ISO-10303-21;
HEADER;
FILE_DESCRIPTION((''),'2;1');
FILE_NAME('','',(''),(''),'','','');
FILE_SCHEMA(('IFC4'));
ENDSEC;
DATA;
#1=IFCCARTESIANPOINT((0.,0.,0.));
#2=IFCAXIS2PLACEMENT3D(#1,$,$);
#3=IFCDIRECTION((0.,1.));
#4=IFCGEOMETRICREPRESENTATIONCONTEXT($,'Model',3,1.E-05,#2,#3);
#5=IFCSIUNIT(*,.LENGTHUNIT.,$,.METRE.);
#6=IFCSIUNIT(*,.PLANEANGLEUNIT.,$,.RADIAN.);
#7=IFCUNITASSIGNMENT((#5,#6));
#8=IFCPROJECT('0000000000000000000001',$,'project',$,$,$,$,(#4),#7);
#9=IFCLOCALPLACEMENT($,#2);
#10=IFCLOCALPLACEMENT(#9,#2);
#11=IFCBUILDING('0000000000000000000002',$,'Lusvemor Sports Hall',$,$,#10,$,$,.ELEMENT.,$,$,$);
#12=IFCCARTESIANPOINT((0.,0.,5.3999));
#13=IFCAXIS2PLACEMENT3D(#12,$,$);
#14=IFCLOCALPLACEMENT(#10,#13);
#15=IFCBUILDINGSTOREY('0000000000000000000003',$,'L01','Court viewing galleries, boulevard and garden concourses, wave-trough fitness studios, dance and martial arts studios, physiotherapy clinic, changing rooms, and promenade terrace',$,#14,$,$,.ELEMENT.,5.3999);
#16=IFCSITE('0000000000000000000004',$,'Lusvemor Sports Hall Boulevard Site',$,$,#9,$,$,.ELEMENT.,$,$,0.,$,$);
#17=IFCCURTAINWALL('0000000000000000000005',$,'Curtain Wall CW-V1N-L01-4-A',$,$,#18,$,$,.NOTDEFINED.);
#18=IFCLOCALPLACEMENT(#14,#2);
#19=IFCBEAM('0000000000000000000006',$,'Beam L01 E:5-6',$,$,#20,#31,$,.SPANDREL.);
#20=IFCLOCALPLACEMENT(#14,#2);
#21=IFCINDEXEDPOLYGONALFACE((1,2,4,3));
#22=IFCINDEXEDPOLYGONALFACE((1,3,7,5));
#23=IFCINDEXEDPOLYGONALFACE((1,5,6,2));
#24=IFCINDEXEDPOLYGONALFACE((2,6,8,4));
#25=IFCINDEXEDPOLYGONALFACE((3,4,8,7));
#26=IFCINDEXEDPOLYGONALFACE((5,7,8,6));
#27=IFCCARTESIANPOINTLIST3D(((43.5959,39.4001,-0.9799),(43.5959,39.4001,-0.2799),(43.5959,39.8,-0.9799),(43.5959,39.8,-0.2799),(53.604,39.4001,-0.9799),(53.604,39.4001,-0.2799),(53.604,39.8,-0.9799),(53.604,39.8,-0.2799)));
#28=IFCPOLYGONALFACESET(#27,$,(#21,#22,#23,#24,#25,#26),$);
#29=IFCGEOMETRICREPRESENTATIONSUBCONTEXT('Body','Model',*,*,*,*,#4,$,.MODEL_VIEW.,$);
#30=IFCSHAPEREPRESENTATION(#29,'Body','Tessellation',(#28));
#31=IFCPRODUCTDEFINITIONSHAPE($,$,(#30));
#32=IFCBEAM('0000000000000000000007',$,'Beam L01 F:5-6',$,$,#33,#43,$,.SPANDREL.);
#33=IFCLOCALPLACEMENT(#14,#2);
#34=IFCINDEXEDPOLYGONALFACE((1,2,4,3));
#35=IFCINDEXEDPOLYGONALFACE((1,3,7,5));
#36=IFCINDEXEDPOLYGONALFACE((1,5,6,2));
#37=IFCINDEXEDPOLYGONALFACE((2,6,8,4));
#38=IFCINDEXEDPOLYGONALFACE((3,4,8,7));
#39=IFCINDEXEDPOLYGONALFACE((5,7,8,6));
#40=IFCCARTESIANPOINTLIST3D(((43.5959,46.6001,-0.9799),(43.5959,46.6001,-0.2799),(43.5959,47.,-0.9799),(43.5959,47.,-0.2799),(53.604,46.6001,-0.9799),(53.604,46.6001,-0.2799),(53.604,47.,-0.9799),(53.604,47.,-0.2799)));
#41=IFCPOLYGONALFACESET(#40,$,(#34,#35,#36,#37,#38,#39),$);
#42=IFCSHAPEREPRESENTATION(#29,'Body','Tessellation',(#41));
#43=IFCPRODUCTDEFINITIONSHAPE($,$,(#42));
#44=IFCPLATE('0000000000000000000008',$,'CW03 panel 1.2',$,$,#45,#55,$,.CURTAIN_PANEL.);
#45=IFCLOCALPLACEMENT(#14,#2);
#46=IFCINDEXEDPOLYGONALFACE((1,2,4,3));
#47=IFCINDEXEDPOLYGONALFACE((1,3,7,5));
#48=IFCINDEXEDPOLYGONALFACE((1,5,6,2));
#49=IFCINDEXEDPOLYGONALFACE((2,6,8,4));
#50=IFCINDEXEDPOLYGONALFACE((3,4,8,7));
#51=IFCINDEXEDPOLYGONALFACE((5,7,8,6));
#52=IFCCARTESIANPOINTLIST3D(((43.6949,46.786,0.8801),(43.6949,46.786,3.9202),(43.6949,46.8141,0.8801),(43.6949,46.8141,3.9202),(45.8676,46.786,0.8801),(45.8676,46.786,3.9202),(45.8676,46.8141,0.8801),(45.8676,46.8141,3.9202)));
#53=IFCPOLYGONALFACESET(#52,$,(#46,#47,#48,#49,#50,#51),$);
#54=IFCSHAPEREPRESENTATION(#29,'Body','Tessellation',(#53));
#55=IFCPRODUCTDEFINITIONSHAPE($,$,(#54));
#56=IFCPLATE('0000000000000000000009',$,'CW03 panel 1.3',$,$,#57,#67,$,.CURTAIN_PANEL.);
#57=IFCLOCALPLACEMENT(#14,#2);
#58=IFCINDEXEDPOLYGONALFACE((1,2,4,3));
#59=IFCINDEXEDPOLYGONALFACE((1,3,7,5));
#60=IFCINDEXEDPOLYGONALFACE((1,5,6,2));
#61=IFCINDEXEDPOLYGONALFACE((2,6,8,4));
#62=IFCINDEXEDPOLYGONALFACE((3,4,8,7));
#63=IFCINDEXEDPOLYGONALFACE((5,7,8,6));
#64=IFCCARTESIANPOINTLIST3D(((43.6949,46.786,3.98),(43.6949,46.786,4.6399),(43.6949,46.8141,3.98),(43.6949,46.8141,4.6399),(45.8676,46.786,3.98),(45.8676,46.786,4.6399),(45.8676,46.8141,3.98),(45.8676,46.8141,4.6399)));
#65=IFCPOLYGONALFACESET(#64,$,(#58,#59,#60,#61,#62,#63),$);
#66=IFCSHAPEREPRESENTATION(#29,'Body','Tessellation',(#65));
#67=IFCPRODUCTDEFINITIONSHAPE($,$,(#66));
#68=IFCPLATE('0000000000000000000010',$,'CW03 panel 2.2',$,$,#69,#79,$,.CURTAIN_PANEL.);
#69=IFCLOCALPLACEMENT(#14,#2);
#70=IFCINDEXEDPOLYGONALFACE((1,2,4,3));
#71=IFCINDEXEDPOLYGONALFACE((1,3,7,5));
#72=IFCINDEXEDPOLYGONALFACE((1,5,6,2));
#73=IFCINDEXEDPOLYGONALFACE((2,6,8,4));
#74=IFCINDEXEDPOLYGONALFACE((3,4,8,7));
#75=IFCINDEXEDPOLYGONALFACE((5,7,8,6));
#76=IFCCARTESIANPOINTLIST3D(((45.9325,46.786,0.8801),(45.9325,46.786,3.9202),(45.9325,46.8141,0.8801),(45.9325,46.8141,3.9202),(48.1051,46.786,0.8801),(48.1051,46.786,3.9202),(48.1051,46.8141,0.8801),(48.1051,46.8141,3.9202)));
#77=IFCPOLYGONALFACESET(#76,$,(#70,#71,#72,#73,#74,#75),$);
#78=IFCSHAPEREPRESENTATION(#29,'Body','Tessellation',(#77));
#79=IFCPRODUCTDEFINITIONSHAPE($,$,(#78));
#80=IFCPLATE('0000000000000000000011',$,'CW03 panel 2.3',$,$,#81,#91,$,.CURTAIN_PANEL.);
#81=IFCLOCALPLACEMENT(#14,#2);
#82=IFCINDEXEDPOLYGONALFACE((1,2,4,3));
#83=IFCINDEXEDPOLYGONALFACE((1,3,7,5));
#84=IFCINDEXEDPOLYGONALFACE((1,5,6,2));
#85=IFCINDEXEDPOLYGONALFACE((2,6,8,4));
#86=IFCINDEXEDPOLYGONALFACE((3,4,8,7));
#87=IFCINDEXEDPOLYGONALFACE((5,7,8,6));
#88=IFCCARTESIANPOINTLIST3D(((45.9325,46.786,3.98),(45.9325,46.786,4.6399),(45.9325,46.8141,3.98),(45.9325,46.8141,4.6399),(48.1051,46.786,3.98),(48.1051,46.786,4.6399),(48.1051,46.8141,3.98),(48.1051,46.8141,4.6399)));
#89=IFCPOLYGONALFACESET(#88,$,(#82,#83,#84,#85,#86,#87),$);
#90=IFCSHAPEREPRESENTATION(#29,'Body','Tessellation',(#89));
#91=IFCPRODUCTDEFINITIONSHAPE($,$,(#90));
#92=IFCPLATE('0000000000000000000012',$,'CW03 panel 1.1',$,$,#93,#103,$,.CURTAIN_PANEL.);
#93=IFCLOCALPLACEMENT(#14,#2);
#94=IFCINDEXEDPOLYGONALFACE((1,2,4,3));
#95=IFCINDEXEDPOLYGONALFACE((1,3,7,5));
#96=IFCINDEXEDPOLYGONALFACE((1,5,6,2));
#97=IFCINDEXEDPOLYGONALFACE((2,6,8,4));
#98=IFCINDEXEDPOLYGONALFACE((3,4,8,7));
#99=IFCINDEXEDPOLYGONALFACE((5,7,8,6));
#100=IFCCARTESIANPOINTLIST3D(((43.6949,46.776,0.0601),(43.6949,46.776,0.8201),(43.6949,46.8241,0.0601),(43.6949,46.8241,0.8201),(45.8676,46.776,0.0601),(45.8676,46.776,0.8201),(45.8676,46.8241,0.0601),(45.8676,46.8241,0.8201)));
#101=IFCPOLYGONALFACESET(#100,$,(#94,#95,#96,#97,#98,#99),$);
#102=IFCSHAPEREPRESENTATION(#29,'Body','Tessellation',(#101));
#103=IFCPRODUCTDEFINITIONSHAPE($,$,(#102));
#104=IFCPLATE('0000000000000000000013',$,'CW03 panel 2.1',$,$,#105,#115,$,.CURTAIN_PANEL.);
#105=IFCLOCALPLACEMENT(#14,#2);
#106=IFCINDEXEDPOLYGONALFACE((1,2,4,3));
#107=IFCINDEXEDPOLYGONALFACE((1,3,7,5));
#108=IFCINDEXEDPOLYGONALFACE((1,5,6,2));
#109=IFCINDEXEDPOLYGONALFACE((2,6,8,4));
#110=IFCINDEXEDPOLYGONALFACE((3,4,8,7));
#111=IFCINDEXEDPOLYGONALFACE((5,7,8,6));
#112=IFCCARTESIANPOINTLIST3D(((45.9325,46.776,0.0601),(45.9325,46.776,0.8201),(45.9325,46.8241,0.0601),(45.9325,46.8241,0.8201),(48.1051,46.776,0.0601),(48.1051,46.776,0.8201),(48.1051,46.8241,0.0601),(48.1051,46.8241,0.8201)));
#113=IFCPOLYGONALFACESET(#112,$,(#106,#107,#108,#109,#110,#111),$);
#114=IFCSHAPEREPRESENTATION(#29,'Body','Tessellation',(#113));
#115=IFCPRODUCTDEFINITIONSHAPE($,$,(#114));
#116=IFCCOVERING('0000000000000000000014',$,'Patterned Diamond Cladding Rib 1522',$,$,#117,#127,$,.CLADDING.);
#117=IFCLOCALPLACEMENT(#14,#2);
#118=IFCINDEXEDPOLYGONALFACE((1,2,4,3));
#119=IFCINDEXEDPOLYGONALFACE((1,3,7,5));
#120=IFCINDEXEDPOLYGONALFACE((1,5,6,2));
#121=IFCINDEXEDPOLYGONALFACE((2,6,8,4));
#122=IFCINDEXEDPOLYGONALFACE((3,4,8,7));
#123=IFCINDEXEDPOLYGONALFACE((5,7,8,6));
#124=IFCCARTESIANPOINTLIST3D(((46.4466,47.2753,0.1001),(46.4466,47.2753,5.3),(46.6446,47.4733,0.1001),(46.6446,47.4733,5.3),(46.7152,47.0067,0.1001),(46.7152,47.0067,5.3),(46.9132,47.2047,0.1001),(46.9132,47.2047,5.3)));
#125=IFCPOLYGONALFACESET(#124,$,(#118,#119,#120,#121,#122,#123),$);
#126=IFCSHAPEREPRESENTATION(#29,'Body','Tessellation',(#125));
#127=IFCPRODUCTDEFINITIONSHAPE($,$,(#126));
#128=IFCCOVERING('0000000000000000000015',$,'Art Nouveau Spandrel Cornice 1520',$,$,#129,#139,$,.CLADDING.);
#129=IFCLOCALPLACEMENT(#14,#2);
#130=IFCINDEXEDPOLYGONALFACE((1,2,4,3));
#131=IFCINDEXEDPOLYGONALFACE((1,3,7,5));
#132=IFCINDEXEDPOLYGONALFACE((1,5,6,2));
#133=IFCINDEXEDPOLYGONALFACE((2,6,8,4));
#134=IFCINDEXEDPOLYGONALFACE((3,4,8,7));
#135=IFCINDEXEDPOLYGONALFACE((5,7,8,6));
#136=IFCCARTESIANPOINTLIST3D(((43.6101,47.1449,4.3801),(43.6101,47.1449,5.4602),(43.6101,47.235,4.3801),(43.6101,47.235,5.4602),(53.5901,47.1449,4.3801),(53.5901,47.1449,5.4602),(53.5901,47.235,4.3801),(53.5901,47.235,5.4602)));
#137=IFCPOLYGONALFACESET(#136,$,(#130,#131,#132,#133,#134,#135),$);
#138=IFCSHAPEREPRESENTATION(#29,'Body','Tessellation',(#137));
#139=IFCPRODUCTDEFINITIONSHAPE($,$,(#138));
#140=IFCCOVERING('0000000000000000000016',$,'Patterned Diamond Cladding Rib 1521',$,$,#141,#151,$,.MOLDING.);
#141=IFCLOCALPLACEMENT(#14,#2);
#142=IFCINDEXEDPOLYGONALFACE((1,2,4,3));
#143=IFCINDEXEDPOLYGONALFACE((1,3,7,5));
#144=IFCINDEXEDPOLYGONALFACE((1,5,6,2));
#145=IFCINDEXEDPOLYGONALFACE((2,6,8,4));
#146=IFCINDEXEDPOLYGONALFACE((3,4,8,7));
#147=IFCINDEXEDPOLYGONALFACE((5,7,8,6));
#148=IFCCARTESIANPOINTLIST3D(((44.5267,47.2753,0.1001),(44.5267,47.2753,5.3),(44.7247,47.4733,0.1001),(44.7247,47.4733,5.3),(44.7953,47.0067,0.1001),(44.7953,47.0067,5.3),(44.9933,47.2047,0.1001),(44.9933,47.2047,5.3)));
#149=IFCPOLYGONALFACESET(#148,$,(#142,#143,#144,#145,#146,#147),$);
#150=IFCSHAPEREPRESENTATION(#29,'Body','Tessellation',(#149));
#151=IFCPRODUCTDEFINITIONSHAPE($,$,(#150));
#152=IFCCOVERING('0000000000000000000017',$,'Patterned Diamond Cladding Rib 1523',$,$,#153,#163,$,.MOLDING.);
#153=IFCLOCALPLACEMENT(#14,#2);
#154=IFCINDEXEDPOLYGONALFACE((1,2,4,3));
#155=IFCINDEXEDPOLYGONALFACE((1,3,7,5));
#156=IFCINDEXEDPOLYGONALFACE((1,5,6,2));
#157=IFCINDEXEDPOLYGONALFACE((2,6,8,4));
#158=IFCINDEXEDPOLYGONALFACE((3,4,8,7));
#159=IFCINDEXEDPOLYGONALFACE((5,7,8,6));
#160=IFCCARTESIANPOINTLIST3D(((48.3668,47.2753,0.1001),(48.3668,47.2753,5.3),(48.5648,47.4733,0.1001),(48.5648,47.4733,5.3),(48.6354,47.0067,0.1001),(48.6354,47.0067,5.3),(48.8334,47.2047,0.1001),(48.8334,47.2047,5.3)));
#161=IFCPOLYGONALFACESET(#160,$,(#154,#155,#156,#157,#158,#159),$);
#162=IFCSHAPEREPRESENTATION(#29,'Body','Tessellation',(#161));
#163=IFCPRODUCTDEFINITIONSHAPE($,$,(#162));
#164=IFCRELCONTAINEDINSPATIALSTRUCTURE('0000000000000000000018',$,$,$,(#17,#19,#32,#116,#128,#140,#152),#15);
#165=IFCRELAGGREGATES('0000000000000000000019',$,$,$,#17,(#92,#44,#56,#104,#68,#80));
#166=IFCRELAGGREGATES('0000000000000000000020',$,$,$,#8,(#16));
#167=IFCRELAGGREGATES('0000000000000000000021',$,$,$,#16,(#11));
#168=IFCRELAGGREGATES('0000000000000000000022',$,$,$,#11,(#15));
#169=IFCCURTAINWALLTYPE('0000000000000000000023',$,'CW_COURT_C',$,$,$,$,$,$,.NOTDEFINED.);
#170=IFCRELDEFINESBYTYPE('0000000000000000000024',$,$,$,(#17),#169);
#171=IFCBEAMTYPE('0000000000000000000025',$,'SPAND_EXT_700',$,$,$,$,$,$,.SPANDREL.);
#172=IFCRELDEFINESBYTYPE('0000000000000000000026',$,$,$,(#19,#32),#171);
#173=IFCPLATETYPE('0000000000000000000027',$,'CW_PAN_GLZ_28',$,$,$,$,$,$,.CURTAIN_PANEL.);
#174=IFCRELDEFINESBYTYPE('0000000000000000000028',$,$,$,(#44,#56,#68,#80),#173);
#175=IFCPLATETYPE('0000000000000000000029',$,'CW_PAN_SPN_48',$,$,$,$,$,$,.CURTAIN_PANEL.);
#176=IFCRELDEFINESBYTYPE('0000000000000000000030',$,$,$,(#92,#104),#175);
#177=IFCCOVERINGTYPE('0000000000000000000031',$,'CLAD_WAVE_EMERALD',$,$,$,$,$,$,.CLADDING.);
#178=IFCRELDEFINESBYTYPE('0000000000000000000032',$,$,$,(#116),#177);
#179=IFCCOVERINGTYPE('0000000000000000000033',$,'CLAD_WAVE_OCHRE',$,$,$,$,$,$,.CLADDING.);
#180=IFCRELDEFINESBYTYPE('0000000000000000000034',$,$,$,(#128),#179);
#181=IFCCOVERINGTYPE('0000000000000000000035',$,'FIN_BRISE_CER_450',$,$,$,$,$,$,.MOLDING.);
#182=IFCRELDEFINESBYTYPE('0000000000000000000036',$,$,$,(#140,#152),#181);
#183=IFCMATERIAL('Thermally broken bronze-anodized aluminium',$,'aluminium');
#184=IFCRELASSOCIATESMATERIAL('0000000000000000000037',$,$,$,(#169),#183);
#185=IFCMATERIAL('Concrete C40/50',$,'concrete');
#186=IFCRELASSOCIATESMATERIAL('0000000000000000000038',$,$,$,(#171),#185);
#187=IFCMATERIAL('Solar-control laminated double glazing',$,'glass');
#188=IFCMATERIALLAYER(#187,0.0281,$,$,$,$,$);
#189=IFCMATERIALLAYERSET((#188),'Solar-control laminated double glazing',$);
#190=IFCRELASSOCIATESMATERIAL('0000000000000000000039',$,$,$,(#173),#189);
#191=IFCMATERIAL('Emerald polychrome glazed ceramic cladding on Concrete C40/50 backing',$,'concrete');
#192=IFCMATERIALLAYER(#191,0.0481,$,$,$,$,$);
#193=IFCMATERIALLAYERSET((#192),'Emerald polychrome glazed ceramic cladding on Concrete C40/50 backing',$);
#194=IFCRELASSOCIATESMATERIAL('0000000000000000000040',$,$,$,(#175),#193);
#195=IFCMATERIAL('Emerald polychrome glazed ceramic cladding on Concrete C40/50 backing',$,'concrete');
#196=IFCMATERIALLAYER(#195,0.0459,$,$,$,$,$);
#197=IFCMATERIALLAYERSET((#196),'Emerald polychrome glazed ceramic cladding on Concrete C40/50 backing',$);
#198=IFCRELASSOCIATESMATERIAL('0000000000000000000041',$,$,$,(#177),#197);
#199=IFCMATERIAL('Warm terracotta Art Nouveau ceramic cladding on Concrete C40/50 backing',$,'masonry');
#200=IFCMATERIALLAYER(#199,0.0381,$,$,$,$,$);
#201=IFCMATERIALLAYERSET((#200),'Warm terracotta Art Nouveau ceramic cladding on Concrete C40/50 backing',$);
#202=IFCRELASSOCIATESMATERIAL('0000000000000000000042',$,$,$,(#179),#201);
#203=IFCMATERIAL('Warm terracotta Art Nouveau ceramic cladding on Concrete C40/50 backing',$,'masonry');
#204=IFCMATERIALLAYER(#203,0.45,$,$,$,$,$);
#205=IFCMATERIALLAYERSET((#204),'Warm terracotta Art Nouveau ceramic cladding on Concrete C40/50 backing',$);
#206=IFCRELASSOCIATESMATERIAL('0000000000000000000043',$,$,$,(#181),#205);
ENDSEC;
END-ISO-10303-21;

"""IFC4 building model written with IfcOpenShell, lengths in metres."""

from ifc_helpers import new_model, si_unit, direction, frame, origin, origin_2d, place, context, subcontext, project, spatial, rectangle, extrude, material, layer, layer_set, material_profile, profile_set, type_object, element, aggregate, save


model = new_model("IFC4")

# Units and contexts
model_context = context("Model", 3, precision=1e-05, world=origin(), true_north=direction((0.0, 1.0)))
body_context = subcontext(model_context, "Body", "Model", "MODEL_VIEW")
ifc_project = project(units=[si_unit("LENGTHUNIT", "METRE"), si_unit("PLANEANGLEUNIT", "RADIAN")], contexts=[model_context])

# Site, building, storey
site_placement = place(None, origin())
site = spatial("IfcSite", under=ifc_project, at=site_placement, Name="Lusvemor Sports Hall Boulevard Site", CompositionType="ELEMENT", RefElevation=0.0)
building_placement = place(site_placement, origin())
building = spatial("IfcBuilding", under=site, at=building_placement, Name="Lusvemor Sports Hall", CompositionType="ELEMENT")
storey_placement = place(building_placement, frame((0.0, 0.0, 5.3999)))
storey = spatial("IfcBuildingStorey", under=building, at=storey_placement, Name="L01", Description="Court viewing galleries, boulevard and garden concourses, wave-trough fitness studios, dance and martial arts studios, physiotherapy clinic, changing rooms, and promenade terrace", CompositionType="ELEMENT", Elevation=5.3999)

# Curtain wall
ifc_material_1 = material(Name="Thermally broken bronze-anodized aluminium", Category="aluminium")
curtain_wall_type = type_object("IfcCurtainWallType", Name="CW_COURT_C", PredefinedType="NOTDEFINED", material=ifc_material_1)
curtain_wall_1_placement = place(storey_placement, origin())
curtain_wall_1 = element("IfcCurtainWall", 1, at=curtain_wall_1_placement, inside=storey, type_object=curtain_wall_type, Name="Curtain Wall CW-V1N-L01-4-A", PredefinedType="NOTDEFINED")

# Beams
ifc_material_2 = material(Name="Concrete C40/50", Category="concrete")
ifc_material_profile_1 = material_profile(ifc_material_2, rectangle(XDim=0.3999, YDim=0.7, at=origin_2d()), Name="RC400x700")
ifc_profile_set_1 = profile_set([ifc_material_profile_1], Name="Concrete C40/50")
beam_type_1 = type_object("IfcBeamType", Name="SPAND_EXT_700", PredefinedType="SPANDREL", material=ifc_profile_set_1)
for number, where, z_axis, x_axis, name in (
    (2, (43.5959, 39.6001, -0.6299), (1.0, 0.0, 0.0), (0.0, 1.0, 0.0), "Beam L01 E:5-6"),
    (3, (43.5959, 46.8, -0.6299), (1.0, 0.0, 0.0), (0.0, 1.0, 0.0), "Beam L01 F:5-6"),
):
    element("IfcBeam", number, at=place(storey_placement, frame(where, z_axis=z_axis, x_axis=x_axis)), inside=storey, type_object=beam_type_1, Name=name, PredefinedType="SPANDREL", context=body_context, shape_type="SweptSolid", body=[
        extrude(rectangle(XDim=0.3999, YDim=0.7, at=origin_2d()), origin(), (0.0, 0.0, 1.0), 10.0081),
    ])

# Plates
ifc_material_3 = material(Name="Solar-control laminated double glazing", Category="glass")
ifc_layer_1 = layer(ifc_material_3, 0.0281)
ifc_layer_set_1 = layer_set([ifc_layer_1], Name="Solar-control laminated double glazing")
plate_type_1 = type_object("IfcPlateType", Name="CW_PAN_GLZ_28", PredefinedType="CURTAIN_PANEL", material=ifc_layer_set_1)
plate_1_placement = place(storey_placement, frame((44.7812, 46.8, 0.8801), z_axis=(0.0, 0.0, 1.0), x_axis=(1.0, 0.0, 0.0)))
plate_1 = element("IfcPlate", 4, at=plate_1_placement, type_object=plate_type_1, Name="CW03 panel 1.2", PredefinedType="CURTAIN_PANEL", context=body_context, shape_type="SweptSolid", body=[
    extrude(rectangle(XDim=2.1726, YDim=0.0281, at=origin_2d()), origin(), (0.0, 0.0, 1.0), 3.04),
])
plate_2_placement = place(storey_placement, frame((44.7812, 46.8, 3.98), z_axis=(0.0, 0.0, 1.0), x_axis=(1.0, 0.0, 0.0)))
plate_2 = element("IfcPlate", 5, at=plate_2_placement, type_object=plate_type_1, Name="CW03 panel 1.3", PredefinedType="CURTAIN_PANEL", context=body_context, shape_type="SweptSolid", body=[
    extrude(rectangle(XDim=2.1726, YDim=0.0281, at=origin_2d()), origin(), (0.0, 0.0, 1.0), 0.6599),
])
plate_3_placement = place(storey_placement, frame((47.0188, 46.8, 0.8801), z_axis=(0.0, 0.0, 1.0), x_axis=(1.0, 0.0, 0.0)))
plate_3 = element("IfcPlate", 6, at=plate_3_placement, type_object=plate_type_1, Name="CW03 panel 2.2", PredefinedType="CURTAIN_PANEL", context=body_context, shape_type="SweptSolid", body=[
    extrude(rectangle(XDim=2.1726, YDim=0.0281, at=origin_2d()), origin(), (0.0, 0.0, 1.0), 3.04),
])
plate_4_placement = place(storey_placement, frame((47.0188, 46.8, 3.98), z_axis=(0.0, 0.0, 1.0), x_axis=(1.0, 0.0, 0.0)))
plate_4 = element("IfcPlate", 7, at=plate_4_placement, type_object=plate_type_1, Name="CW03 panel 2.3", PredefinedType="CURTAIN_PANEL", context=body_context, shape_type="SweptSolid", body=[
    extrude(rectangle(XDim=2.1726, YDim=0.0281, at=origin_2d()), origin(), (0.0, 0.0, 1.0), 0.6599),
])
ifc_material_4 = material(Name="Emerald polychrome glazed ceramic cladding on Concrete C40/50 backing", Category="concrete")
ifc_layer_2 = layer(ifc_material_4, 0.0481)
ifc_layer_set_2 = layer_set([ifc_layer_2], Name="Emerald polychrome glazed ceramic cladding on Concrete C40/50 backing")
plate_type_2 = type_object("IfcPlateType", Name="CW_PAN_SPN_48", PredefinedType="CURTAIN_PANEL", material=ifc_layer_set_2)
plate_5_placement = place(storey_placement, frame((44.7812, 46.8, 0.0601), z_axis=(0.0, 0.0, 1.0), x_axis=(1.0, 0.0, 0.0)))
plate_5 = element("IfcPlate", 8, at=plate_5_placement, type_object=plate_type_2, Name="CW03 panel 1.1", PredefinedType="CURTAIN_PANEL", context=body_context, shape_type="SweptSolid", body=[
    extrude(rectangle(XDim=2.1726, YDim=0.0481, at=origin_2d()), origin(), (0.0, 0.0, 1.0), 0.76),
])
plate_6_placement = place(storey_placement, frame((47.0188, 46.8, 0.0601), z_axis=(0.0, 0.0, 1.0), x_axis=(1.0, 0.0, 0.0)))
plate_6 = element("IfcPlate", 9, at=plate_6_placement, type_object=plate_type_2, Name="CW03 panel 2.1", PredefinedType="CURTAIN_PANEL", context=body_context, shape_type="SweptSolid", body=[
    extrude(rectangle(XDim=2.1726, YDim=0.0481, at=origin_2d()), origin(), (0.0, 0.0, 1.0), 0.76),
])
aggregate(curtain_wall_1, [plate_5, plate_1, plate_2, plate_6, plate_3, plate_4])

# Coverings
ifc_material_5 = material(Name="Emerald polychrome glazed ceramic cladding on Concrete C40/50 backing", Category="concrete")
ifc_layer_3 = layer(ifc_material_5, 0.0459)
ifc_layer_set_3 = layer_set([ifc_layer_3], Name="Emerald polychrome glazed ceramic cladding on Concrete C40/50 backing")
covering_type_1 = type_object("IfcCoveringType", Name="CLAD_WAVE_EMERALD", PredefinedType="CLADDING", material=ifc_layer_set_3)
covering_1_placement = place(storey_placement, frame((46.6799, 47.24, 0.1001), z_axis=(0.0, 0.0, 1.0), x_axis=(0.707107, 0.707107, 0.0)))
element("IfcCovering", 10, at=covering_1_placement, inside=storey, type_object=covering_type_1, Name="Patterned Diamond Cladding Rib 1522", PredefinedType="CLADDING", context=body_context, shape_type="SweptSolid", body=[
    extrude(rectangle(XDim=0.28, YDim=0.3799, at=origin_2d()), origin(), (0.0, 0.0, 1.0), 5.2),
])
ifc_material_6 = material(Name="Warm terracotta Art Nouveau ceramic cladding on Concrete C40/50 backing", Category="masonry")
ifc_layer_4 = layer(ifc_material_6, 0.0381)
ifc_layer_set_4 = layer_set([ifc_layer_4], Name="Warm terracotta Art Nouveau ceramic cladding on Concrete C40/50 backing")
covering_type_2 = type_object("IfcCoveringType", Name="CLAD_WAVE_OCHRE", PredefinedType="CLADDING", material=ifc_layer_set_4)
covering_2_placement = place(storey_placement, frame((48.6001, 47.1899, 4.3801), z_axis=(0.0, 0.0, 1.0), x_axis=(1.0, 0.0, 0.0)))
element("IfcCovering", 11, at=covering_2_placement, inside=storey, type_object=covering_type_2, Name="Art Nouveau Spandrel Cornice 1520", PredefinedType="CLADDING", context=body_context, shape_type="SweptSolid", body=[
    extrude(rectangle(XDim=9.98, YDim=0.0901, at=origin_2d()), origin(), (0.0, 0.0, 1.0), 1.0801),
])
ifc_material_7 = material(Name="Warm terracotta Art Nouveau ceramic cladding on Concrete C40/50 backing", Category="masonry")
ifc_layer_5 = layer(ifc_material_7, 0.45)
ifc_layer_set_5 = layer_set([ifc_layer_5], Name="Warm terracotta Art Nouveau ceramic cladding on Concrete C40/50 backing")
covering_type_3 = type_object("IfcCoveringType", Name="FIN_BRISE_CER_450", PredefinedType="MOLDING", material=ifc_layer_set_5)
for number, where, z_axis, x_axis, name in (
    (12, (44.76, 47.24, 0.1001), (0.0, 0.0, 1.0), (0.707107, 0.707107, 0.0), "Patterned Diamond Cladding Rib 1521"),
    (13, (48.6001, 47.24, 0.1001), (0.0, 0.0, 1.0), (0.707107, 0.707107, 0.0), "Patterned Diamond Cladding Rib 1523"),
):
    element("IfcCovering", number, at=place(storey_placement, frame(where, z_axis=z_axis, x_axis=x_axis)), inside=storey, type_object=covering_type_3, Name=name, PredefinedType="MOLDING", context=body_context, shape_type="SweptSolid", body=[
        extrude(rectangle(XDim=0.28, YDim=0.3799, at=origin_2d()), origin(), (0.0, 0.0, 1.0), 5.2),
    ])

save(model, "model.ifc")
